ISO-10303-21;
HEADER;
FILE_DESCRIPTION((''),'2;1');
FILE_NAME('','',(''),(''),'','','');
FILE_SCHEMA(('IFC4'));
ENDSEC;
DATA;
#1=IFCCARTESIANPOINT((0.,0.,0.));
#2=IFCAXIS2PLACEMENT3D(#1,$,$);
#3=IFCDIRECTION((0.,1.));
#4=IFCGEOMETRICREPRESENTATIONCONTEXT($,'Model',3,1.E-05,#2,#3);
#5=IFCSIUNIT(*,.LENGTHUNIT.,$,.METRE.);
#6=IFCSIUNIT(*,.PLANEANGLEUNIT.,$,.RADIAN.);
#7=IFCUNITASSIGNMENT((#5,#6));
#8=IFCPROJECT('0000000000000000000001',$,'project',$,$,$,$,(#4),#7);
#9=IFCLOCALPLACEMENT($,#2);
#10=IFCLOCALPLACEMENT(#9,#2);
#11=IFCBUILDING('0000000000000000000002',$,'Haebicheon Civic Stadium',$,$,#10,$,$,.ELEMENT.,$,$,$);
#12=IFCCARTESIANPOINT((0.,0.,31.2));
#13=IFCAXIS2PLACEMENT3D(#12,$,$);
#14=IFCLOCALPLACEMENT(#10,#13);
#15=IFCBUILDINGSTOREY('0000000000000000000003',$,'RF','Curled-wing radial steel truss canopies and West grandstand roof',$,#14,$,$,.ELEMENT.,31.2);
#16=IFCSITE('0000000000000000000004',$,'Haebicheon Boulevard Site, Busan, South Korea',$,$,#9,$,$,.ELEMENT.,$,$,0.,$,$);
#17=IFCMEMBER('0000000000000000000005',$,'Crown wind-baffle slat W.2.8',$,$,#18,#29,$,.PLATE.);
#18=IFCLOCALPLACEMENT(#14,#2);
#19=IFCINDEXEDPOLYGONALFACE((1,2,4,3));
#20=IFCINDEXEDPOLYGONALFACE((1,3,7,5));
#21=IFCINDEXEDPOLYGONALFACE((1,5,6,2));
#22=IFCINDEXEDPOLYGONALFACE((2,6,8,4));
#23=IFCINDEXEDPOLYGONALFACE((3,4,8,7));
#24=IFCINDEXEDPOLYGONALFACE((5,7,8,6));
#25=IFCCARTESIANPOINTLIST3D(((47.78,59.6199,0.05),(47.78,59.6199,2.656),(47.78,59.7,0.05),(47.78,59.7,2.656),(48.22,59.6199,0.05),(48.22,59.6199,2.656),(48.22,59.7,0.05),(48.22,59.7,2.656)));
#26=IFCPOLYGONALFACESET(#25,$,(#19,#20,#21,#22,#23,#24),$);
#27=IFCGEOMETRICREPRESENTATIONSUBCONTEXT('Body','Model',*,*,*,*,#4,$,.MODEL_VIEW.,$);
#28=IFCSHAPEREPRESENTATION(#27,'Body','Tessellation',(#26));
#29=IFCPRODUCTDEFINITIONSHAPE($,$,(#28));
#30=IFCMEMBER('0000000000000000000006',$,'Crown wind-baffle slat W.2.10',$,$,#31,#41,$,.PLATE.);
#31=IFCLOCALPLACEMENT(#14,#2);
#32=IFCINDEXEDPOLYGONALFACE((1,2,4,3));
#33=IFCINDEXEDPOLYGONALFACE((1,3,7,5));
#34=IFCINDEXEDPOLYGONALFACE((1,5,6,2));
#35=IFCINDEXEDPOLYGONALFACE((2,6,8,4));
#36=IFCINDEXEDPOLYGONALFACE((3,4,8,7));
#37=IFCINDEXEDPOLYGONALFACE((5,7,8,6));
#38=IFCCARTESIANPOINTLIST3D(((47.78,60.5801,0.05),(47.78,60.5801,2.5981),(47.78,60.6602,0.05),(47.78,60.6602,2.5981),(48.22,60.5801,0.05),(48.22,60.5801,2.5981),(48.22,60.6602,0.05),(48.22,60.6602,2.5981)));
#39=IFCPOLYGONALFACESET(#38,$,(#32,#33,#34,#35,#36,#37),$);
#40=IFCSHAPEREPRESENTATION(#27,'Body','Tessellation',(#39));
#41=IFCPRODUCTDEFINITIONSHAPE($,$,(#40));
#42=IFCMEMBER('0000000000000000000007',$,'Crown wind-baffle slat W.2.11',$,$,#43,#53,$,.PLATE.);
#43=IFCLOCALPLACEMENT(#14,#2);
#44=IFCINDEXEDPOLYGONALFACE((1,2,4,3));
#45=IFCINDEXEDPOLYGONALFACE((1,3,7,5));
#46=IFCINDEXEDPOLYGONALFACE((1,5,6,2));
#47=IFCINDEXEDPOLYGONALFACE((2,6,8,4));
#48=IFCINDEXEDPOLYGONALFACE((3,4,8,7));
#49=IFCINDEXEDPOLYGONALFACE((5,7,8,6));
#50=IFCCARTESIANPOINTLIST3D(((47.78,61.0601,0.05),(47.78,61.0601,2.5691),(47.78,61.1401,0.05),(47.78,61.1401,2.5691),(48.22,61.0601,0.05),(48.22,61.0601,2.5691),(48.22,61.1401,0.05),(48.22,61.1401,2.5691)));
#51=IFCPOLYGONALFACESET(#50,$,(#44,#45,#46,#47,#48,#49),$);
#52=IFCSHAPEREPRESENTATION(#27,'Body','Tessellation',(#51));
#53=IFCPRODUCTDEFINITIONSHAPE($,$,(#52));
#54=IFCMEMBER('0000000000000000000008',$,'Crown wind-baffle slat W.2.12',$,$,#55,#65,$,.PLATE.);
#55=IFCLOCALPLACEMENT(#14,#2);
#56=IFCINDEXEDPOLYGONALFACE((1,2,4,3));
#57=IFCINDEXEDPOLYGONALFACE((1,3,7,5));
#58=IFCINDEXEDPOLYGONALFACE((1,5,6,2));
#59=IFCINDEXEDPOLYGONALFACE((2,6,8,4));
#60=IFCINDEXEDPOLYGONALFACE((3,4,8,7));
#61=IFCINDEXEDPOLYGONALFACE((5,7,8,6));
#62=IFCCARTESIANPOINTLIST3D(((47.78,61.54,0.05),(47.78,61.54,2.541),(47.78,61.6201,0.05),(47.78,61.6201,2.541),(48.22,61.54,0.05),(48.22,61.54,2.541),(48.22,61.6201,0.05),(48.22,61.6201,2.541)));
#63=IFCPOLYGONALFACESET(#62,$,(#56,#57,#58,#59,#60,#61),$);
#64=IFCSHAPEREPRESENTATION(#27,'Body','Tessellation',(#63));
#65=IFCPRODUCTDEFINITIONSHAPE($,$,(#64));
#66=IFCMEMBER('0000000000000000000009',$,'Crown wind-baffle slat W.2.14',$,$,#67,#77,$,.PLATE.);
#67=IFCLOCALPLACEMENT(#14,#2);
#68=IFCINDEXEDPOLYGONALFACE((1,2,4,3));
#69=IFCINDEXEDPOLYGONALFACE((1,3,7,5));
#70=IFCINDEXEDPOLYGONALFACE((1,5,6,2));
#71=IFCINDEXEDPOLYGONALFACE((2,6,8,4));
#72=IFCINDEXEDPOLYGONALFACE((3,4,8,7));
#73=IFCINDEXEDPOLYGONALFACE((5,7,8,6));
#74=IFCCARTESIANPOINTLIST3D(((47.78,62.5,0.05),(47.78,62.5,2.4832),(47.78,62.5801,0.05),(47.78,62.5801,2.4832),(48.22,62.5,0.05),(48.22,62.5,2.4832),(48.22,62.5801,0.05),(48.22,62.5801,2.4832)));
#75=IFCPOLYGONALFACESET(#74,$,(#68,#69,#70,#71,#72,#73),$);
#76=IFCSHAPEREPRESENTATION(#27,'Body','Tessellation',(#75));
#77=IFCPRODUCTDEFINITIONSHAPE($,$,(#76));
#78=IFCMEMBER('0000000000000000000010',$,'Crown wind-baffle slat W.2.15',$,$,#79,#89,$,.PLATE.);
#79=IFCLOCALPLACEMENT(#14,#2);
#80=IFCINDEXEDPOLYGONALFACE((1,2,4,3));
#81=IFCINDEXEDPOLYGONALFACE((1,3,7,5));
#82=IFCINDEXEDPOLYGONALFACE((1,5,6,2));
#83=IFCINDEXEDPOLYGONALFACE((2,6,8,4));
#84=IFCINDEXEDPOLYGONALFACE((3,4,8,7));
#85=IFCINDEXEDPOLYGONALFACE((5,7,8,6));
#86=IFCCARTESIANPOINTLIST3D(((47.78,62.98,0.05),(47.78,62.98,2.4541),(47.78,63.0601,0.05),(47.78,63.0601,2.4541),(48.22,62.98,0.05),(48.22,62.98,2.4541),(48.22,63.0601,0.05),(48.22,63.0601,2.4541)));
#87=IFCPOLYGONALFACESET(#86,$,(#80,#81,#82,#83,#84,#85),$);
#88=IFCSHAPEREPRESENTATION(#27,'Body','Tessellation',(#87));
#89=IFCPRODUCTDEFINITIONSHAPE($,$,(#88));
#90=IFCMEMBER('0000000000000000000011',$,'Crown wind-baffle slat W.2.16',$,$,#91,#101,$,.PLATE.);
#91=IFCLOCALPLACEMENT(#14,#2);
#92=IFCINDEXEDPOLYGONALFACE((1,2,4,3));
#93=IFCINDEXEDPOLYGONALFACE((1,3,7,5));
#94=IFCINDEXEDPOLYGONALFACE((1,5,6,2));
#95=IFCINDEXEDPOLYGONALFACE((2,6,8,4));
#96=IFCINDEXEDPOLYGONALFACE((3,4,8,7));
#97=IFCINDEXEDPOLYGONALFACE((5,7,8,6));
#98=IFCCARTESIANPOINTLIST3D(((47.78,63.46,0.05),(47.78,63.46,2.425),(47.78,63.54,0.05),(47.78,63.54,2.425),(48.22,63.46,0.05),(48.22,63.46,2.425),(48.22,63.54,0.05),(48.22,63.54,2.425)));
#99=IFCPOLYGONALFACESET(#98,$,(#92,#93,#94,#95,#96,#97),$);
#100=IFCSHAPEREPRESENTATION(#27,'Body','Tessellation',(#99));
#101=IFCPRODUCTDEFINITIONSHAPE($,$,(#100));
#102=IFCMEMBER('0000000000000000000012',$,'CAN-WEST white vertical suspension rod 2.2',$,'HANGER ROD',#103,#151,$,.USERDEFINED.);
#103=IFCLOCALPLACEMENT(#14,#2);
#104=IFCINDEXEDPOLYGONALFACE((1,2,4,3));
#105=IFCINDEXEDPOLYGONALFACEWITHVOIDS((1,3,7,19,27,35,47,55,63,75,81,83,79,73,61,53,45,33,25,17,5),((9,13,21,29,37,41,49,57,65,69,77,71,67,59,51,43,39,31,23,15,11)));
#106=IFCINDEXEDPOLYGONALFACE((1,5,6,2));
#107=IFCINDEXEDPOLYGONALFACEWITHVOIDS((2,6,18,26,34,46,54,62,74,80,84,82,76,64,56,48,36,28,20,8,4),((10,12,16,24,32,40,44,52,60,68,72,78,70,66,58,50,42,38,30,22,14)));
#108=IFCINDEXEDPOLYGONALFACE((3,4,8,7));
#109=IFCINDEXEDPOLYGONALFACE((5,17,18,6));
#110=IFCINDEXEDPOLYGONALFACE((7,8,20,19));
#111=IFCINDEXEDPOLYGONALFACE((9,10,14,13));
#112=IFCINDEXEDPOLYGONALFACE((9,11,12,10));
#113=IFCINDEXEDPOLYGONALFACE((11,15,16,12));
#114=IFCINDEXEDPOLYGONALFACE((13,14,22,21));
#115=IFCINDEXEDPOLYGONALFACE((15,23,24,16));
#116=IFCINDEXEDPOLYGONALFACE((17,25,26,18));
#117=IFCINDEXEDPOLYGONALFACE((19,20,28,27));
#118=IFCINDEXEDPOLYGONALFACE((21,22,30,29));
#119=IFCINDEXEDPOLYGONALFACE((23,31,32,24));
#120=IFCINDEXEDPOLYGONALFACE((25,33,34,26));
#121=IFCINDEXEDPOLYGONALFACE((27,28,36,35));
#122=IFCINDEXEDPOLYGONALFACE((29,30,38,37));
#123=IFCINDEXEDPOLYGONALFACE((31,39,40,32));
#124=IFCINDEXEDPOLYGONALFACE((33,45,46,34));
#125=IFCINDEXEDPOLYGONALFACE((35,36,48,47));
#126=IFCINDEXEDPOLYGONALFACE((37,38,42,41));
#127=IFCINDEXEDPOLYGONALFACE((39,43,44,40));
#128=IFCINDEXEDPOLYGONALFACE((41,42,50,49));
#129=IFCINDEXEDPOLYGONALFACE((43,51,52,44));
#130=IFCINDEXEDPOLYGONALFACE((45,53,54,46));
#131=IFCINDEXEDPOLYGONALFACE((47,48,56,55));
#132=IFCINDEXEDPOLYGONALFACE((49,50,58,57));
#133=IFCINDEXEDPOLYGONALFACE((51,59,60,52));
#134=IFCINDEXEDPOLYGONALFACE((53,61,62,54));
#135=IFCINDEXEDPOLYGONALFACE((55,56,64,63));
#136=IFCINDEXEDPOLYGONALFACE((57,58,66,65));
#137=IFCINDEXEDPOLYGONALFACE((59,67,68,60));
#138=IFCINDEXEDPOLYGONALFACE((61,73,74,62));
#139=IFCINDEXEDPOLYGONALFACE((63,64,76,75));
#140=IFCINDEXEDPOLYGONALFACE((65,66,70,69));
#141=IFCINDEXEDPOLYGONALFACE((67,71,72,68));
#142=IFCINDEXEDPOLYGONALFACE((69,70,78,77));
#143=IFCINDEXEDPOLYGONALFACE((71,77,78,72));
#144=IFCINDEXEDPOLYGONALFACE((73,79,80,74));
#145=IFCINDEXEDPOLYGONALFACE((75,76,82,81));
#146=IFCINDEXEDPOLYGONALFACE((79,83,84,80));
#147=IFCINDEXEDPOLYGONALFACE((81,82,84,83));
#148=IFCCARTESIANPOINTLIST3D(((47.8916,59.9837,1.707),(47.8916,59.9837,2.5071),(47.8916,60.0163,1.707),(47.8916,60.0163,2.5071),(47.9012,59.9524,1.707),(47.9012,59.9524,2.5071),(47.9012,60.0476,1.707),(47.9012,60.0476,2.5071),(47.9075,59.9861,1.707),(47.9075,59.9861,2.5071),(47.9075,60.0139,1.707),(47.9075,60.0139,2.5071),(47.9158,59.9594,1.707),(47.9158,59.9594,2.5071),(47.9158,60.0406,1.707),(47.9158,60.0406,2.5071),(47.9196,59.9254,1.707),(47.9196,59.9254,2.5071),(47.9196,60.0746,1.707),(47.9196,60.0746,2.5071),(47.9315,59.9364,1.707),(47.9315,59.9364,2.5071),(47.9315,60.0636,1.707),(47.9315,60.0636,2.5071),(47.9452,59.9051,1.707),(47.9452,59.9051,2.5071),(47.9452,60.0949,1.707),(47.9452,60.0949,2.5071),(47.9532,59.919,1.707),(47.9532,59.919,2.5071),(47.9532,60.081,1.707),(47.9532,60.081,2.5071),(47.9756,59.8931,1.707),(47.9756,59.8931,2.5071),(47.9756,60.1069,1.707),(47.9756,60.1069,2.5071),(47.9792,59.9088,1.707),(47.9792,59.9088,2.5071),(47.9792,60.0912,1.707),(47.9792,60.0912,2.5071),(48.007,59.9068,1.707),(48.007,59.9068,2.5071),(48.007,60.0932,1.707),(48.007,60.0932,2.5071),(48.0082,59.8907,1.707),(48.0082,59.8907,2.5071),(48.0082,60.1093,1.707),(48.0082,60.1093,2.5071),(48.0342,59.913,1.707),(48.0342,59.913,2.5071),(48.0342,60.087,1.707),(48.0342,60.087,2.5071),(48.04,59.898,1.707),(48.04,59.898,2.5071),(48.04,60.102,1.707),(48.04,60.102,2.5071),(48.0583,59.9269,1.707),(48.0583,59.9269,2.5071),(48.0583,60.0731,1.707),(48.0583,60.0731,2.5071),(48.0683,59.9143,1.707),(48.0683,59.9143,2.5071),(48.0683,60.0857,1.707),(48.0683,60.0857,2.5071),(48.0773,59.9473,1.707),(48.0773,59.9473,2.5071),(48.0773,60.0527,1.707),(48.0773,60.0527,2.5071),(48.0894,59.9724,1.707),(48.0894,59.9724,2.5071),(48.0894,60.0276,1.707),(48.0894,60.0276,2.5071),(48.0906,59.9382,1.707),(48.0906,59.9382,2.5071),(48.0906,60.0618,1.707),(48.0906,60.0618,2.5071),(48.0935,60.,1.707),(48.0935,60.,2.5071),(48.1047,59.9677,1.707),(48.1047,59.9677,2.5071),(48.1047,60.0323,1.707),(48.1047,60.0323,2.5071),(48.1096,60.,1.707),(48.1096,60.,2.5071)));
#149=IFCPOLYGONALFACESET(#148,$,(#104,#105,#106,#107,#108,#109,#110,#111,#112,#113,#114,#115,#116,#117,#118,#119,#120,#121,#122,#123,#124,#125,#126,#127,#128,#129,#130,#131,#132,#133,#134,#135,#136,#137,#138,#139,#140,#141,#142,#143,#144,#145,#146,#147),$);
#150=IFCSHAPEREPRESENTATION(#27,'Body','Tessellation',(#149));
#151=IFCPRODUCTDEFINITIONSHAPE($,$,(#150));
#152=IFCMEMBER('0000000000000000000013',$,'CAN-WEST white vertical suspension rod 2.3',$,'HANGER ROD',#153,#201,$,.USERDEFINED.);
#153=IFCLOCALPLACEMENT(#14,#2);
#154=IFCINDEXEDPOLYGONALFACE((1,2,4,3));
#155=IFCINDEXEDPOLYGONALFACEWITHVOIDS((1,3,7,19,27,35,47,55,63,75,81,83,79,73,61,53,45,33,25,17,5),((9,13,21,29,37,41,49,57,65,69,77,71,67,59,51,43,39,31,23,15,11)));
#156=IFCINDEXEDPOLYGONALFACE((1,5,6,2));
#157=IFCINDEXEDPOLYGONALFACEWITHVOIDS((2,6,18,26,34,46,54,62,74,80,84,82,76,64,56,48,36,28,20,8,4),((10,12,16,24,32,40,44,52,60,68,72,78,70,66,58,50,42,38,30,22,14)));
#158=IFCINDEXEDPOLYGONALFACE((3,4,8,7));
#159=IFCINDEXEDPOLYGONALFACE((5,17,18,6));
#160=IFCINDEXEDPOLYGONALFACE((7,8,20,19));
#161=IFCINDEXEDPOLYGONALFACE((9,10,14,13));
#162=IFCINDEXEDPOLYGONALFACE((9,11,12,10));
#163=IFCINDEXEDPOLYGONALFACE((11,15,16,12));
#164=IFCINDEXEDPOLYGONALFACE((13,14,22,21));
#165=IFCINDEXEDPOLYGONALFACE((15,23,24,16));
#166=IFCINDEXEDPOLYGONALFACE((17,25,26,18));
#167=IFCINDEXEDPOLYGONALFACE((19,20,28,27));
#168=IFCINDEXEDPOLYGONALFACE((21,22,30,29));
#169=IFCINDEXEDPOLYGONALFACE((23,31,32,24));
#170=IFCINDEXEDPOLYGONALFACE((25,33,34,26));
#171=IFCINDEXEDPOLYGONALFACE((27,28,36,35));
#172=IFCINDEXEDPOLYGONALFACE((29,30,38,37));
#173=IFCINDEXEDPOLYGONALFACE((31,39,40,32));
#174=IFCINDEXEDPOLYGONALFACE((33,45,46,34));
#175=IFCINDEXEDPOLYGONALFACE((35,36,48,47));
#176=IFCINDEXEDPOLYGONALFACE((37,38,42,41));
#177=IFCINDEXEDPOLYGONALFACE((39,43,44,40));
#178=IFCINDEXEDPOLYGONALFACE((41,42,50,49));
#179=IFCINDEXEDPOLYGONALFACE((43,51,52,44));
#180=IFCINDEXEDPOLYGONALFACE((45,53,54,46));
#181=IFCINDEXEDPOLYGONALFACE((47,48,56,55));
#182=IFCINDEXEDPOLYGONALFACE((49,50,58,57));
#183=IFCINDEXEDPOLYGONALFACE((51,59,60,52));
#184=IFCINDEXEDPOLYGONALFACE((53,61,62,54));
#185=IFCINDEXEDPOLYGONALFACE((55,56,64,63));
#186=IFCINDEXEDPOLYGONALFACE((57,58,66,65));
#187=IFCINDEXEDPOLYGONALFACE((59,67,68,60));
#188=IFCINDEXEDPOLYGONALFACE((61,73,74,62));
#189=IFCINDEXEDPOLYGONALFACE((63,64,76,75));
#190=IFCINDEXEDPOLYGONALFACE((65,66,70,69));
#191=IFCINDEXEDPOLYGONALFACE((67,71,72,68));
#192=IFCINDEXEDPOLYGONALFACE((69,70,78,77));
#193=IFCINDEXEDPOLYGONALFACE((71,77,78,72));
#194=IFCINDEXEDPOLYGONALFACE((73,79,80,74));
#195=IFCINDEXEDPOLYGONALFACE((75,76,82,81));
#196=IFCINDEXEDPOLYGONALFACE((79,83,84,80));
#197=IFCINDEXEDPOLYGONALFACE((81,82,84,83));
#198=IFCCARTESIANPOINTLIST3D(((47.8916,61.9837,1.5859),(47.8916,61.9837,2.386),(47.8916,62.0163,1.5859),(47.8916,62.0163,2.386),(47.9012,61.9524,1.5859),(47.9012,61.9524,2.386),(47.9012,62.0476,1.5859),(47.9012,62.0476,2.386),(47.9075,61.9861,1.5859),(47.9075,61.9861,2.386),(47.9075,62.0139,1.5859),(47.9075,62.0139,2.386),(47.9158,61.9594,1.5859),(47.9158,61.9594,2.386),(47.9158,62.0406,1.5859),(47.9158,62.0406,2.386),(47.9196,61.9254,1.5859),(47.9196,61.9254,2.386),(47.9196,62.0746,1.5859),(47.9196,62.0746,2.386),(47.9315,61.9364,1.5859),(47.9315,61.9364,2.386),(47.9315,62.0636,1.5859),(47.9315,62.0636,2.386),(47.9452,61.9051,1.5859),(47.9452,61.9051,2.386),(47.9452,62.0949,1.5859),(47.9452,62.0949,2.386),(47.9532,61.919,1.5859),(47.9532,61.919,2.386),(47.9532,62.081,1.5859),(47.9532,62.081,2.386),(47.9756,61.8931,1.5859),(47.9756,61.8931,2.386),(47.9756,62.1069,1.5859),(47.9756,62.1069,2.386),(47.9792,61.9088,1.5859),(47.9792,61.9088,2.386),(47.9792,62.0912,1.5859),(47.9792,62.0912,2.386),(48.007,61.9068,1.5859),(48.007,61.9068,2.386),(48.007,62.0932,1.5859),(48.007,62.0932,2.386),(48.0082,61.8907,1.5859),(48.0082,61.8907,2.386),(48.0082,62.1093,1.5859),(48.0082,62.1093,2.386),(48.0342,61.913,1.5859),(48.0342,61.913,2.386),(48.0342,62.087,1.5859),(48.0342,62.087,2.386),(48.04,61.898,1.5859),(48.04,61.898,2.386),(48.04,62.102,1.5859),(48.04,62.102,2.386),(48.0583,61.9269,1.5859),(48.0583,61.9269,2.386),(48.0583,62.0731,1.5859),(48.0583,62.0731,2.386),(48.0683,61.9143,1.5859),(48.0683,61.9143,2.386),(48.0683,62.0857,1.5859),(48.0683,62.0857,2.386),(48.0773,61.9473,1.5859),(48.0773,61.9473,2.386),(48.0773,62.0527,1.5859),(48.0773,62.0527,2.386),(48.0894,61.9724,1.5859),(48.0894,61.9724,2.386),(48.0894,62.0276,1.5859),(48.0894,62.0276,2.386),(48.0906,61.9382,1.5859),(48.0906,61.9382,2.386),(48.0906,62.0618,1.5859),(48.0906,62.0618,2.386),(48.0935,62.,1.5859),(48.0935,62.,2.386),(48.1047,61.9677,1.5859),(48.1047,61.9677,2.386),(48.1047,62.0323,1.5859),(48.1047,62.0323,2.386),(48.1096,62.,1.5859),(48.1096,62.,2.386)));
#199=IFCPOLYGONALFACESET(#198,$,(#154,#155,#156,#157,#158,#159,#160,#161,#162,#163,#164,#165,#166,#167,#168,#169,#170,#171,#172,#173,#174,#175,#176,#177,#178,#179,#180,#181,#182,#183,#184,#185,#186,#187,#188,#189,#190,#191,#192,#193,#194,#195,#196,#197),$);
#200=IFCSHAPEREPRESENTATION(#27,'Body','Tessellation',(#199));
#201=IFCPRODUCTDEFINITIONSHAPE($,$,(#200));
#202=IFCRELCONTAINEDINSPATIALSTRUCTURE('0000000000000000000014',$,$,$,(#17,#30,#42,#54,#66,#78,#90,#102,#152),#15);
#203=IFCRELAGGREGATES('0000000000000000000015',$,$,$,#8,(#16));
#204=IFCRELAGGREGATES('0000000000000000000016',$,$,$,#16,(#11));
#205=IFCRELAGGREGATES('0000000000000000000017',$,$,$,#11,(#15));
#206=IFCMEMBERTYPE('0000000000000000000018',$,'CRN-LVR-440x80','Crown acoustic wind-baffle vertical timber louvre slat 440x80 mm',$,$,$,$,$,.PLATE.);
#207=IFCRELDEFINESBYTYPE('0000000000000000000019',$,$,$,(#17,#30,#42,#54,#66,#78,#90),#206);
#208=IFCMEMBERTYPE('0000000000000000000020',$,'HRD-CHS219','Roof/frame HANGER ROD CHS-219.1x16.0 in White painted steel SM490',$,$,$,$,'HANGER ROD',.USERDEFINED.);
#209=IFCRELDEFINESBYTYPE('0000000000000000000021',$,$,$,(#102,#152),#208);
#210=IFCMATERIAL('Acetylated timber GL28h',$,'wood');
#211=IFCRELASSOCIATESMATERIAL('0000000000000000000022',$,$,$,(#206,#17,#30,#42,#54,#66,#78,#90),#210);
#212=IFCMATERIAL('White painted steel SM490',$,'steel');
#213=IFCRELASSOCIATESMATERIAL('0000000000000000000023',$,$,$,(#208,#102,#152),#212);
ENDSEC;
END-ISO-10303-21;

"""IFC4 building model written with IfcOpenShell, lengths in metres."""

from ifc_helpers import new_model, si_unit, direction, frame, origin, origin_2d, place, context, subcontext, project, spatial, rectangle, hollow_circle, extrude, material, material_profile, profile_set, type_object, element, save


model = new_model("IFC4")

# Units and contexts
model_context = context("Model", 3, precision=1e-05, world=origin(), true_north=direction((0.0, 1.0)))
body_context = subcontext(model_context, "Body", "Model", "MODEL_VIEW")
ifc_project = project(units=[si_unit("LENGTHUNIT", "METRE"), si_unit("PLANEANGLEUNIT", "RADIAN")], contexts=[model_context])

# Site, building, storey
site_placement = place(None, origin())
site = spatial("IfcSite", under=ifc_project, at=site_placement, Name="Haebicheon Boulevard Site, Busan, South Korea", CompositionType="ELEMENT", RefElevation=0.0)
building_placement = place(site_placement, origin())
building = spatial("IfcBuilding", under=site, at=building_placement, Name="Haebicheon Civic Stadium", CompositionType="ELEMENT")
storey_placement = place(building_placement, frame((0.0, 0.0, 31.2)))
storey = spatial("IfcBuildingStorey", under=building, at=storey_placement, Name="RF", Description="Curled-wing radial steel truss canopies and West grandstand roof", CompositionType="ELEMENT", Elevation=31.2)

# Members
ifc_material_1 = material(Name="Acetylated timber GL28h", Category="wood")
ifc_material_profile_1 = material_profile(ifc_material_1, rectangle(XDim=0.0801, YDim=0.4399, at=origin_2d()), Name="TMB-LOUV-80x440")
ifc_profile_set_1 = profile_set([ifc_material_profile_1], Name="Acetylated timber GL28h")
member_type_1 = type_object("IfcMemberType", Name="CRN-LVR-440x80", Description="Crown acoustic wind-baffle vertical timber louvre slat 440x80 mm", PredefinedType="PLATE", material=ifc_profile_set_1)
member_1_placement = place(storey_placement, frame((48.0, 59.6599, 0.05), z_axis=(0.0, 0.0, 1.0), x_axis=(0.0, 1.0, 0.0)))
element("IfcMember", 1, at=member_1_placement, inside=storey, type_object=member_type_1, material=ifc_profile_set_1, Name="Crown wind-baffle slat W.2.8", PredefinedType="PLATE", context=body_context, shape_type="SweptSolid", body=[
    extrude(rectangle(XDim=0.0801, YDim=0.4399, at=origin_2d()), origin(), (0.0, 0.0, 1.0), 2.606),
])
member_2_placement = place(storey_placement, frame((48.0, 60.6201, 0.05), z_axis=(0.0, 0.0, 1.0), x_axis=(0.0, 1.0, 0.0)))
element("IfcMember", 2, at=member_2_placement, inside=storey, type_object=member_type_1, material=ifc_profile_set_1, Name="Crown wind-baffle slat W.2.10", PredefinedType="PLATE", context=body_context, shape_type="SweptSolid", body=[
    extrude(rectangle(XDim=0.0801, YDim=0.4399, at=origin_2d()), origin(), (0.0, 0.0, 1.0), 2.5481),
])
member_3_placement = place(storey_placement, frame((48.0, 61.1001, 0.05), z_axis=(0.0, 0.0, 1.0), x_axis=(0.0, 1.0, 0.0)))
element("IfcMember", 3, at=member_3_placement, inside=storey, type_object=member_type_1, material=ifc_profile_set_1, Name="Crown wind-baffle slat W.2.11", PredefinedType="PLATE", context=body_context, shape_type="SweptSolid", body=[
    extrude(rectangle(XDim=0.0801, YDim=0.4399, at=origin_2d()), origin(), (0.0, 0.0, 1.0), 2.519),
])
member_4_placement = place(storey_placement, frame((48.0, 61.5801, 0.05), z_axis=(0.0, 0.0, 1.0), x_axis=(0.0, 1.0, 0.0)))
element("IfcMember", 4, at=member_4_placement, inside=storey, type_object=member_type_1, material=ifc_profile_set_1, Name="Crown wind-baffle slat W.2.12", PredefinedType="PLATE", context=body_context, shape_type="SweptSolid", body=[
    extrude(rectangle(XDim=0.0801, YDim=0.4399, at=origin_2d()), origin(), (0.0, 0.0, 1.0), 2.491),
])
member_5_placement = place(storey_placement, frame((48.0, 62.54, 0.05), z_axis=(0.0, 0.0, 1.0), x_axis=(0.0, 1.0, 0.0)))
element("IfcMember", 5, at=member_5_placement, inside=storey, type_object=member_type_1, material=ifc_profile_set_1, Name="Crown wind-baffle slat W.2.14", PredefinedType="PLATE", context=body_context, shape_type="SweptSolid", body=[
    extrude(rectangle(XDim=0.0801, YDim=0.4399, at=origin_2d()), origin(), (0.0, 0.0, 1.0), 2.4331),
])
member_6_placement = place(storey_placement, frame((48.0, 63.02, 0.05), z_axis=(0.0, 0.0, 1.0), x_axis=(0.0, 1.0, 0.0)))
element("IfcMember", 6, at=member_6_placement, inside=storey, type_object=member_type_1, material=ifc_profile_set_1, Name="Crown wind-baffle slat W.2.15", PredefinedType="PLATE", context=body_context, shape_type="SweptSolid", body=[
    extrude(rectangle(XDim=0.0801, YDim=0.4399, at=origin_2d()), origin(), (0.0, 0.0, 1.0), 2.4041),
])
member_7_placement = place(storey_placement, frame((48.0, 63.5, 0.05), z_axis=(0.0, 0.0, 1.0), x_axis=(0.0, 1.0, 0.0)))
element("IfcMember", 7, at=member_7_placement, inside=storey, type_object=member_type_1, material=ifc_profile_set_1, Name="Crown wind-baffle slat W.2.16", PredefinedType="PLATE", context=body_context, shape_type="SweptSolid", body=[
    extrude(rectangle(XDim=0.0801, YDim=0.4399, at=origin_2d()), origin(), (0.0, 0.0, 1.0), 2.375),
])
ifc_material_2 = material(Name="White painted steel SM490", Category="steel")
ifc_material_profile_2 = material_profile(ifc_material_2, hollow_circle(Radius=0.1096, WallThickness=0.0161, at=origin_2d()), Name="CHS-219.1x16.0")
ifc_profile_set_2 = profile_set([ifc_material_profile_2], Name="White painted steel SM490")
member_type_2 = type_object("IfcMemberType", Name="HRD-CHS219", Description="Roof/frame HANGER ROD CHS-219.1x16.0 in White painted steel SM490", ElementType="HANGER ROD", PredefinedType="USERDEFINED", material=ifc_profile_set_2)
for number, where, z_axis, x_axis, name in (
    (8, (48.0, 60.0, 1.707), (0.0, 0.0, 1.0), (1.0, 0.0, 0.0), "CAN-WEST white vertical suspension rod 2.2"),
    (9, (48.0, 62.0, 1.5859), (0.0, 0.0, 1.0), (1.0, 0.0, 0.0), "CAN-WEST white vertical suspension rod 2.3"),
):
    element("IfcMember", number, at=place(storey_placement, frame(where, z_axis=z_axis, x_axis=x_axis)), inside=storey, type_object=member_type_2, material=ifc_profile_set_2, Name=name, ObjectType="HANGER ROD", PredefinedType="USERDEFINED", context=body_context, shape_type="SweptSolid", body=[
        extrude(hollow_circle(Radius=0.1096, WallThickness=0.0161, at=origin_2d()), origin(), (0.0, 0.0, 1.0), 0.8),
    ])

save(model, "model.ifc")
